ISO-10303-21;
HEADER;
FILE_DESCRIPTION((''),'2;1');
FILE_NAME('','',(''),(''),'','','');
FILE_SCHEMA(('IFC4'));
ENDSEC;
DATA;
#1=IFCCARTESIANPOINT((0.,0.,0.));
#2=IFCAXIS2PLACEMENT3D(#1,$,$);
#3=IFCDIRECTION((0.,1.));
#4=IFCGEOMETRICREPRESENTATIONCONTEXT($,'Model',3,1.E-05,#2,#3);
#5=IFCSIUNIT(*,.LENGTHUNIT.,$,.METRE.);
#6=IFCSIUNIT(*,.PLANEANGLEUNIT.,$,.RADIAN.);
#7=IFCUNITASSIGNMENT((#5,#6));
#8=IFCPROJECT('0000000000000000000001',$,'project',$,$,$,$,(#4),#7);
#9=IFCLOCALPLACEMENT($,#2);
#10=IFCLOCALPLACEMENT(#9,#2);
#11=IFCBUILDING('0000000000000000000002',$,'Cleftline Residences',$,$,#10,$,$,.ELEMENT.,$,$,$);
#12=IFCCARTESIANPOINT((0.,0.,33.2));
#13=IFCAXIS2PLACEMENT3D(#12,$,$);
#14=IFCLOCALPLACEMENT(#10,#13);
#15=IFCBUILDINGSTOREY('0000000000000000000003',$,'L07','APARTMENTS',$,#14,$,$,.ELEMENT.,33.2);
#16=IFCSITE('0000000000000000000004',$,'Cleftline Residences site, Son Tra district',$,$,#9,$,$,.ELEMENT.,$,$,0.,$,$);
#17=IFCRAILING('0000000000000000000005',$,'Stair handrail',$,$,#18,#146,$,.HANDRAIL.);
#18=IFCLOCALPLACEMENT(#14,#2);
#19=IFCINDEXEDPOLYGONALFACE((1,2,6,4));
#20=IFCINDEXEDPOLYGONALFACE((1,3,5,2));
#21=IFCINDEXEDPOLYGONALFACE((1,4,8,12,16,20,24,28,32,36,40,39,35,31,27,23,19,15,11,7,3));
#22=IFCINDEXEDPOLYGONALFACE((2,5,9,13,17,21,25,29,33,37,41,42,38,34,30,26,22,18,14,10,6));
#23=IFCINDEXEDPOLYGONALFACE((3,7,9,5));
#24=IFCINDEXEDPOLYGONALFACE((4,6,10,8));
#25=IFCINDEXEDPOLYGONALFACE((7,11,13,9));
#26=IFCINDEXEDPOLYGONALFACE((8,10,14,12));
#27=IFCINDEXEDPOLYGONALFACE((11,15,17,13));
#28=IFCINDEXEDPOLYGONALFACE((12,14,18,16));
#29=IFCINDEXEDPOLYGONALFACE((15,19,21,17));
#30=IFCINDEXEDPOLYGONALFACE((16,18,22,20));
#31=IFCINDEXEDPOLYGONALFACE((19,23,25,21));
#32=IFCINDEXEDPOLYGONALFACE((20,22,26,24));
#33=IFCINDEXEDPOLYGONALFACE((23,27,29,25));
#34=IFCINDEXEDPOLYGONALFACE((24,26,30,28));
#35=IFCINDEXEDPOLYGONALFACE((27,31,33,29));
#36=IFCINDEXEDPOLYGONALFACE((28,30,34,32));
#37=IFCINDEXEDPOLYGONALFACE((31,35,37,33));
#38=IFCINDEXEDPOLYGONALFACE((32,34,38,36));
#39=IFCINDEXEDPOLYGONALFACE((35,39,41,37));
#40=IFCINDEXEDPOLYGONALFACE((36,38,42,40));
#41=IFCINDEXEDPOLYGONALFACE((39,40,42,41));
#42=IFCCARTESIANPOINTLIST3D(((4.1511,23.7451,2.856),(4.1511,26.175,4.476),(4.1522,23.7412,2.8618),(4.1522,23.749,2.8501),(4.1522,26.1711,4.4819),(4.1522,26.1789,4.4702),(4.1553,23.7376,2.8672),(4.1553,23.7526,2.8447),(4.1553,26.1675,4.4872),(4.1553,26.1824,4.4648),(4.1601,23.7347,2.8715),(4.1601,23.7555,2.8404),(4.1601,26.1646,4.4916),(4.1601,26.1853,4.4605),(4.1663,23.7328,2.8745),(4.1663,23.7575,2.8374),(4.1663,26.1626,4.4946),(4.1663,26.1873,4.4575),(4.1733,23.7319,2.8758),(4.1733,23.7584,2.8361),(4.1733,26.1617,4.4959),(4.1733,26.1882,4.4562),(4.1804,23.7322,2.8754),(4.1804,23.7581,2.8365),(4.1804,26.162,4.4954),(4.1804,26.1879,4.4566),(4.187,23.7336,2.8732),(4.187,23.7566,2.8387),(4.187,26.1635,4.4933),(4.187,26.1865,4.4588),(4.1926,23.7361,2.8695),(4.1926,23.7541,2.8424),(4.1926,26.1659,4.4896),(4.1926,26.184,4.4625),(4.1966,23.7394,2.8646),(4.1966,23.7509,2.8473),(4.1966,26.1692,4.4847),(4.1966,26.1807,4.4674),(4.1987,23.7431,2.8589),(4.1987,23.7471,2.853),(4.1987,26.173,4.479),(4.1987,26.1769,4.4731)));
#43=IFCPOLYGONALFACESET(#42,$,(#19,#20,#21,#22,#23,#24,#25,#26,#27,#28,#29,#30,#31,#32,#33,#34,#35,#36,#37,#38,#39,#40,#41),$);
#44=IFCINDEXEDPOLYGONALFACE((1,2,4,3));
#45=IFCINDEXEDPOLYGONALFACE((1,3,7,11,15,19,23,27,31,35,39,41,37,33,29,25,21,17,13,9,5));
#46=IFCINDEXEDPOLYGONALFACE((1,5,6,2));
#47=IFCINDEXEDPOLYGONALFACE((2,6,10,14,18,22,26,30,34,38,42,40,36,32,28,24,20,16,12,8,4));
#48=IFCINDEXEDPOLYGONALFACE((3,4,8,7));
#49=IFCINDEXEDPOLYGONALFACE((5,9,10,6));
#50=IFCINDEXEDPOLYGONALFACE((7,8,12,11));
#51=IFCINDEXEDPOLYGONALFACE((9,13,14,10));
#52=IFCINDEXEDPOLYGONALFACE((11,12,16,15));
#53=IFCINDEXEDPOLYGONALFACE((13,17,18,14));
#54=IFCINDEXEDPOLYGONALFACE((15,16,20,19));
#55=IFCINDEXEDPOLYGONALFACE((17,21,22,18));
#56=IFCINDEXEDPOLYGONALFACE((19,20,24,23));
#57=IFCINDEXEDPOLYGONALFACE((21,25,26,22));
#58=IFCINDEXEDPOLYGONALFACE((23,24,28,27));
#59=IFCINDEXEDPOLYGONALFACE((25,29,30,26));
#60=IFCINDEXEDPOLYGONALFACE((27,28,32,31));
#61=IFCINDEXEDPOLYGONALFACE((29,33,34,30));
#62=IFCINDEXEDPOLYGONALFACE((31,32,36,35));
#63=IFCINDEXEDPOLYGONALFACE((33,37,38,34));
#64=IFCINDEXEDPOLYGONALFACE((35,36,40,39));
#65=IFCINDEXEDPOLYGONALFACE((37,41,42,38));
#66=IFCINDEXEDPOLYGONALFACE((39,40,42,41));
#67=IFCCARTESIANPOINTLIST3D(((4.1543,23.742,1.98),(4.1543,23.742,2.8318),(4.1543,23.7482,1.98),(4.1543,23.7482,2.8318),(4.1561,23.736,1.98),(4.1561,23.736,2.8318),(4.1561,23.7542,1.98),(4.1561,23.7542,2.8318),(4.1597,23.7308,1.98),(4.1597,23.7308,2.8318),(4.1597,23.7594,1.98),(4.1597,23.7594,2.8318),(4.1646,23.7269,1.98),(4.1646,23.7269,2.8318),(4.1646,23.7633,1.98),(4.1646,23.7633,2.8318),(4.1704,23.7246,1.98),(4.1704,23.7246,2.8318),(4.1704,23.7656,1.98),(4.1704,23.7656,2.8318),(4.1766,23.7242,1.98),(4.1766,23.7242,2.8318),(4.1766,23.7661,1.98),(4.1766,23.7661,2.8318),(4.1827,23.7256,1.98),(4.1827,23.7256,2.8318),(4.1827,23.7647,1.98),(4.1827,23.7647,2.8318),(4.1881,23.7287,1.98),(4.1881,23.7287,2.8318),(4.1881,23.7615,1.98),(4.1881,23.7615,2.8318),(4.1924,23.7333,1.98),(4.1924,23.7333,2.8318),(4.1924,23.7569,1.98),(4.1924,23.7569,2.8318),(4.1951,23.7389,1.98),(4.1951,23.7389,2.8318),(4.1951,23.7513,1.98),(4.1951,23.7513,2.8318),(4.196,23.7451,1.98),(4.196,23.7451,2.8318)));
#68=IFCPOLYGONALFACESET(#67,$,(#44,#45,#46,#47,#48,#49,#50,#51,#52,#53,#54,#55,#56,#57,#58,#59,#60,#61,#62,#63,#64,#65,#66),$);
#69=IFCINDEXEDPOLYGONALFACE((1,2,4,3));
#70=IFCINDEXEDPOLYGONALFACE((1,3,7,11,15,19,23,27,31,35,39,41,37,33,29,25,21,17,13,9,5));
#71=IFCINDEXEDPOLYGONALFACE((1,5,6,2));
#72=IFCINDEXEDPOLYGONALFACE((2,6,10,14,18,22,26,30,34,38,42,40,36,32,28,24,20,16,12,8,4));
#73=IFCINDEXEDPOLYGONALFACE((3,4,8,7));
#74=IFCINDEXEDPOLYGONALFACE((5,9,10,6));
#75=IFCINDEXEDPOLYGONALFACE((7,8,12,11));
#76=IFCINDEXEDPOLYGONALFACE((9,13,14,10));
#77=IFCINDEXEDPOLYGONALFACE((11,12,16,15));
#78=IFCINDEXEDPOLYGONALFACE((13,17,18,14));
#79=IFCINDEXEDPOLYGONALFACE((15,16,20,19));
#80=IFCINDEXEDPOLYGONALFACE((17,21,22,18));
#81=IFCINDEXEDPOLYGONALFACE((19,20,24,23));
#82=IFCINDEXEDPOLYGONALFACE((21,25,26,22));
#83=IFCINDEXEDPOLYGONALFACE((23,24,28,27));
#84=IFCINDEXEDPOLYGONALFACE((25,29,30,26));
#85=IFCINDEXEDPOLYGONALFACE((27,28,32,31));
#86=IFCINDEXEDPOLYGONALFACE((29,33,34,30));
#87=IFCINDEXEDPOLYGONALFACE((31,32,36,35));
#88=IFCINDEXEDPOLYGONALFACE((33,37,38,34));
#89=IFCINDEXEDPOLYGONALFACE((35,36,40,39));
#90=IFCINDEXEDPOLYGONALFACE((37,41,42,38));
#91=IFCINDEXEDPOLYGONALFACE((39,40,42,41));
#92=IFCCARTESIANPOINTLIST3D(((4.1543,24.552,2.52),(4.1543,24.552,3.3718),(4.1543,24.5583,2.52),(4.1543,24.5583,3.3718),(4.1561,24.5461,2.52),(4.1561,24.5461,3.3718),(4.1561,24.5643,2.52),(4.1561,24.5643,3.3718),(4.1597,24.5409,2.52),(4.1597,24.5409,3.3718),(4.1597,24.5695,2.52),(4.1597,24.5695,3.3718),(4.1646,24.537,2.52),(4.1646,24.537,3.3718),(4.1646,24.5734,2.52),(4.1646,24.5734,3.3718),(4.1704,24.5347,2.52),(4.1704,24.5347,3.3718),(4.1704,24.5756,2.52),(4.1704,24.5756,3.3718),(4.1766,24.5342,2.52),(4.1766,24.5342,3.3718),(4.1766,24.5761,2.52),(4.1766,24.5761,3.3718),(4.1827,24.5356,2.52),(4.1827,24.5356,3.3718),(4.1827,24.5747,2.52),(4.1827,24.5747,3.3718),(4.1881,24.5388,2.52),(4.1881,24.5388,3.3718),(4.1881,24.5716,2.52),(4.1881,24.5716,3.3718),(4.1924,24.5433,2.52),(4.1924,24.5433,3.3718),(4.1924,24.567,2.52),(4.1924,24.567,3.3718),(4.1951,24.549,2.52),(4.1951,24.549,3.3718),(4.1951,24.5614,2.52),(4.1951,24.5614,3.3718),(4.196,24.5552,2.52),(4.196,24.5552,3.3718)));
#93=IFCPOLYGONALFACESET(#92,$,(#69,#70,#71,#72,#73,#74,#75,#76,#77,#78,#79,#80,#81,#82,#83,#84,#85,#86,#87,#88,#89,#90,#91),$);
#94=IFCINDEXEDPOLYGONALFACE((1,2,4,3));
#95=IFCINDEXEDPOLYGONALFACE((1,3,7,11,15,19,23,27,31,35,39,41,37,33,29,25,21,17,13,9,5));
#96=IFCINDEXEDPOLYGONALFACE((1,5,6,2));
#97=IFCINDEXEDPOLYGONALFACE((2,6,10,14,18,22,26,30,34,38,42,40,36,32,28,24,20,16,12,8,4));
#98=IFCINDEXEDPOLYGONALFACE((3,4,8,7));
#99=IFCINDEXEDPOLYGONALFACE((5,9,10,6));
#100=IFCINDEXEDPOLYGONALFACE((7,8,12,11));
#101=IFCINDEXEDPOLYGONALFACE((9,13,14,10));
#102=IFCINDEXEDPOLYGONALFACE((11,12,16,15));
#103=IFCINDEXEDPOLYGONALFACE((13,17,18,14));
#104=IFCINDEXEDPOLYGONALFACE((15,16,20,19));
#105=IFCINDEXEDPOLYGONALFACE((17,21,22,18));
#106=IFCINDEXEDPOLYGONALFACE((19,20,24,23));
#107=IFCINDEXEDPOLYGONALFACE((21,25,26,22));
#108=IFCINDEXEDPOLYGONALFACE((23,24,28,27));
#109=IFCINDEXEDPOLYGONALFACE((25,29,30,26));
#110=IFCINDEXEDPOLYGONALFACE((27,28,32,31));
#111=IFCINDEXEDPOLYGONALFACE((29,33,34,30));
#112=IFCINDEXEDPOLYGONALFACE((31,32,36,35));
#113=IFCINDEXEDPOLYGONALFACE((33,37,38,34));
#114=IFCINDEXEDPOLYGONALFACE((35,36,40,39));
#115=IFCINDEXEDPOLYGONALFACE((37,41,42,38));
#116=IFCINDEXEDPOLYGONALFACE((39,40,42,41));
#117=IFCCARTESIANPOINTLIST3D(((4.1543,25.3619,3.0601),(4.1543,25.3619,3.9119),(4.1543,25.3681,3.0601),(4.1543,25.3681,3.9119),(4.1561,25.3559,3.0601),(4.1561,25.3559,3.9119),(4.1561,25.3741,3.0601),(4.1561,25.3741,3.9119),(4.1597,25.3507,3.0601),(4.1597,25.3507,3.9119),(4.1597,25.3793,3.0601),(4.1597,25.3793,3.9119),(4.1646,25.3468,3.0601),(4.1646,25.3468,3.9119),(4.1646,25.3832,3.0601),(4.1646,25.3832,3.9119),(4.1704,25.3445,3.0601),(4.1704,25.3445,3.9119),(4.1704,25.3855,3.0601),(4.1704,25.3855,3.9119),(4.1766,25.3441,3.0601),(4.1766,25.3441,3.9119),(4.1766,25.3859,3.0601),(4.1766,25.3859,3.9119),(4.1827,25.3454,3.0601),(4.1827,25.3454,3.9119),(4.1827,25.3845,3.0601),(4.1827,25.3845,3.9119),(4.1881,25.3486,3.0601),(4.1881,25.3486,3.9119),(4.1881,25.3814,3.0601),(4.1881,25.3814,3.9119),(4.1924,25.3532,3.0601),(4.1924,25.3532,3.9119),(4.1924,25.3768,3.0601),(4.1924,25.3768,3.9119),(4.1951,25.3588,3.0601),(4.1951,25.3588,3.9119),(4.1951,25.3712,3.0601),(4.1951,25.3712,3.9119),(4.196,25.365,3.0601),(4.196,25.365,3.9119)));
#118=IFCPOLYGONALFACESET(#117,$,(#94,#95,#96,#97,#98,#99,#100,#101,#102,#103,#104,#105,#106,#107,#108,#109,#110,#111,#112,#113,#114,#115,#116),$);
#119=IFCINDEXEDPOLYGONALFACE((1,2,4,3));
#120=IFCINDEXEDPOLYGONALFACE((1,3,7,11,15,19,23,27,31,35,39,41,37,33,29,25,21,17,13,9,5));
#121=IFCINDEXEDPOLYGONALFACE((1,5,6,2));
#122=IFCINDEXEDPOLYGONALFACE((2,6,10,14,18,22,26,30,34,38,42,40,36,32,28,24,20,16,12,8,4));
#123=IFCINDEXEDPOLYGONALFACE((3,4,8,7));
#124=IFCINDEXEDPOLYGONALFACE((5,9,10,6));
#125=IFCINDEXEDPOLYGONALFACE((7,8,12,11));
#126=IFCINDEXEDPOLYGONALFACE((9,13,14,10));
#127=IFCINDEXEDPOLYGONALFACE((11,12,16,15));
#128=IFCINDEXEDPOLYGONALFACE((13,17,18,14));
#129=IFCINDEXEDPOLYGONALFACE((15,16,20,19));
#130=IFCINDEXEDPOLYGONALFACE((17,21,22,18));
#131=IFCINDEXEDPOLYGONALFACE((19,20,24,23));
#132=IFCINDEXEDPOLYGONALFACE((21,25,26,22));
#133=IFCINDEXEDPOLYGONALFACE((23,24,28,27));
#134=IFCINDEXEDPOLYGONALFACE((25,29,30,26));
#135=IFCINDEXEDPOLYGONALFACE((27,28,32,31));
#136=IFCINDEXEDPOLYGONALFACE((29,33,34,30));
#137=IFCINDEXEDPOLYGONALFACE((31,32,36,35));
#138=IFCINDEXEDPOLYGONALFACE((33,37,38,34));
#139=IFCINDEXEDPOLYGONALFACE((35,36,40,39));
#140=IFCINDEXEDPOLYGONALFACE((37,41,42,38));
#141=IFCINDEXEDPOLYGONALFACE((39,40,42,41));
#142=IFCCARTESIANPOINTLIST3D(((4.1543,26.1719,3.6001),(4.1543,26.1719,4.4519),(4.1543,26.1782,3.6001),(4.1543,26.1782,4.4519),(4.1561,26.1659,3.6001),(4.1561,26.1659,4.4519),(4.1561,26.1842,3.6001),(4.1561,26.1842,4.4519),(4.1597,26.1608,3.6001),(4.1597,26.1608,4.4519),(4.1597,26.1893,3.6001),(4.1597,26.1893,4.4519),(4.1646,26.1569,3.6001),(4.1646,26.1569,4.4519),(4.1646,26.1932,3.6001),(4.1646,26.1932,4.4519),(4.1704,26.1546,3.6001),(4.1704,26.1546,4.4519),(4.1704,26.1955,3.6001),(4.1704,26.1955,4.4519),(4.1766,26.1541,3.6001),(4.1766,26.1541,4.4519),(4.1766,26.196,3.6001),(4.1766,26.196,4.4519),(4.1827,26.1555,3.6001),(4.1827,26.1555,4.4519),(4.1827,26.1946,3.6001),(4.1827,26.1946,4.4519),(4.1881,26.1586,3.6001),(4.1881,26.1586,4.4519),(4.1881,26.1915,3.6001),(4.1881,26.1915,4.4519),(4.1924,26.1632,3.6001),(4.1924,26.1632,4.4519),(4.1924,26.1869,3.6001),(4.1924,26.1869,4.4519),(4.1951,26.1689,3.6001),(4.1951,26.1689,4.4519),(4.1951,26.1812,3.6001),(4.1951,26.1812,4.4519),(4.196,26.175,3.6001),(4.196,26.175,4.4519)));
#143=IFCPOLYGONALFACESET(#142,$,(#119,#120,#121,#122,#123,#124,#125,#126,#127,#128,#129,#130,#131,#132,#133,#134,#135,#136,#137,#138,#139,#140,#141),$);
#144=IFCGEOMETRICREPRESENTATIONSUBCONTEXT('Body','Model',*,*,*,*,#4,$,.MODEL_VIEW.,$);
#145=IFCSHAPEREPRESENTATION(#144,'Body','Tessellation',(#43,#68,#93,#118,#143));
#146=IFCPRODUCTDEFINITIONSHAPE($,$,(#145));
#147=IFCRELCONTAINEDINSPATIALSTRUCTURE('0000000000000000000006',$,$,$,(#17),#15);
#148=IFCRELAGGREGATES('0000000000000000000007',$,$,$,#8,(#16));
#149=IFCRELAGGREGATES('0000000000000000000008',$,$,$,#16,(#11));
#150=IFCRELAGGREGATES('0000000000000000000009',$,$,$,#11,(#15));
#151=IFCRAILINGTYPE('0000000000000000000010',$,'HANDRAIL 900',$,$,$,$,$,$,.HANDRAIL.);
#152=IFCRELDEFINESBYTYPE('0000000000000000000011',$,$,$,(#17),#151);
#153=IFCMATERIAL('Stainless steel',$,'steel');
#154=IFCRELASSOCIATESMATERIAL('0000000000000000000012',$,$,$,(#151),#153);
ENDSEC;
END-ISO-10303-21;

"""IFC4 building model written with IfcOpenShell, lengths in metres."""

from ifc_helpers import new_model, si_unit, direction, frame, origin, origin_2d, place, context, subcontext, project, spatial, circle, extrude, material, type_object, element, save


model = new_model("IFC4")

# Units and contexts
model_context = context("Model", 3, precision=1e-05, world=origin(), true_north=direction((0.0, 1.0)))
body_context = subcontext(model_context, "Body", "Model", "MODEL_VIEW")
ifc_project = project(units=[si_unit("LENGTHUNIT", "METRE"), si_unit("PLANEANGLEUNIT", "RADIAN")], contexts=[model_context])

# Site, building, storey
site_placement = place(None, origin())
site = spatial("IfcSite", under=ifc_project, at=site_placement, Name="Cleftline Residences site, Son Tra district", CompositionType="ELEMENT", RefElevation=0.0)
building_placement = place(site_placement, origin())
building = spatial("IfcBuilding", under=site, at=building_placement, Name="Cleftline Residences", CompositionType="ELEMENT")
storey_placement = place(building_placement, frame((0.0, 0.0, 33.2)))
storey = spatial("IfcBuildingStorey", under=building, at=storey_placement, Name="L07", Description="APARTMENTS", CompositionType="ELEMENT", Elevation=33.2)

# Railing
ifc_material_1 = material(Name="Stainless steel", Category="steel")
railing_type = type_object("IfcRailingType", Name="HANDRAIL 900", PredefinedType="HANDRAIL", material=ifc_material_1)
railing_1_placement = place(storey_placement, frame((4.175, 23.7451, 1.98)))
element("IfcRailing", 1, at=railing_1_placement, inside=storey, type_object=railing_type, Name="Stair handrail", PredefinedType="HANDRAIL", context=body_context, shape_type="SweptSolid", body=[
    extrude(circle(Radius=0.0239, at=origin_2d()), frame((0.0, 0.0, 0.876), z_axis=(0.0, 0.832025, 0.554739), x_axis=(-1.0, 0.0, 0.0)), (0.0, 0.0, 1.0), 2.9204),
    extrude(circle(Radius=0.021, at=origin_2d()), origin(), (0.0, 0.0, 1.0), 0.8518),
    extrude(circle(Radius=0.021, at=origin_2d()), frame((0.0, 0.8101, 0.54)), (0.0, 0.0, 1.0), 0.8518),
    extrude(circle(Radius=0.021, at=origin_2d()), frame((0.0, 1.6199, 1.0801)), (0.0, 0.0, 1.0), 0.8518),
    extrude(circle(Radius=0.021, at=origin_2d()), frame((0.0, 2.4299, 1.6201)), (0.0, 0.0, 1.0), 0.8518),
])

save(model, "model.ifc")
